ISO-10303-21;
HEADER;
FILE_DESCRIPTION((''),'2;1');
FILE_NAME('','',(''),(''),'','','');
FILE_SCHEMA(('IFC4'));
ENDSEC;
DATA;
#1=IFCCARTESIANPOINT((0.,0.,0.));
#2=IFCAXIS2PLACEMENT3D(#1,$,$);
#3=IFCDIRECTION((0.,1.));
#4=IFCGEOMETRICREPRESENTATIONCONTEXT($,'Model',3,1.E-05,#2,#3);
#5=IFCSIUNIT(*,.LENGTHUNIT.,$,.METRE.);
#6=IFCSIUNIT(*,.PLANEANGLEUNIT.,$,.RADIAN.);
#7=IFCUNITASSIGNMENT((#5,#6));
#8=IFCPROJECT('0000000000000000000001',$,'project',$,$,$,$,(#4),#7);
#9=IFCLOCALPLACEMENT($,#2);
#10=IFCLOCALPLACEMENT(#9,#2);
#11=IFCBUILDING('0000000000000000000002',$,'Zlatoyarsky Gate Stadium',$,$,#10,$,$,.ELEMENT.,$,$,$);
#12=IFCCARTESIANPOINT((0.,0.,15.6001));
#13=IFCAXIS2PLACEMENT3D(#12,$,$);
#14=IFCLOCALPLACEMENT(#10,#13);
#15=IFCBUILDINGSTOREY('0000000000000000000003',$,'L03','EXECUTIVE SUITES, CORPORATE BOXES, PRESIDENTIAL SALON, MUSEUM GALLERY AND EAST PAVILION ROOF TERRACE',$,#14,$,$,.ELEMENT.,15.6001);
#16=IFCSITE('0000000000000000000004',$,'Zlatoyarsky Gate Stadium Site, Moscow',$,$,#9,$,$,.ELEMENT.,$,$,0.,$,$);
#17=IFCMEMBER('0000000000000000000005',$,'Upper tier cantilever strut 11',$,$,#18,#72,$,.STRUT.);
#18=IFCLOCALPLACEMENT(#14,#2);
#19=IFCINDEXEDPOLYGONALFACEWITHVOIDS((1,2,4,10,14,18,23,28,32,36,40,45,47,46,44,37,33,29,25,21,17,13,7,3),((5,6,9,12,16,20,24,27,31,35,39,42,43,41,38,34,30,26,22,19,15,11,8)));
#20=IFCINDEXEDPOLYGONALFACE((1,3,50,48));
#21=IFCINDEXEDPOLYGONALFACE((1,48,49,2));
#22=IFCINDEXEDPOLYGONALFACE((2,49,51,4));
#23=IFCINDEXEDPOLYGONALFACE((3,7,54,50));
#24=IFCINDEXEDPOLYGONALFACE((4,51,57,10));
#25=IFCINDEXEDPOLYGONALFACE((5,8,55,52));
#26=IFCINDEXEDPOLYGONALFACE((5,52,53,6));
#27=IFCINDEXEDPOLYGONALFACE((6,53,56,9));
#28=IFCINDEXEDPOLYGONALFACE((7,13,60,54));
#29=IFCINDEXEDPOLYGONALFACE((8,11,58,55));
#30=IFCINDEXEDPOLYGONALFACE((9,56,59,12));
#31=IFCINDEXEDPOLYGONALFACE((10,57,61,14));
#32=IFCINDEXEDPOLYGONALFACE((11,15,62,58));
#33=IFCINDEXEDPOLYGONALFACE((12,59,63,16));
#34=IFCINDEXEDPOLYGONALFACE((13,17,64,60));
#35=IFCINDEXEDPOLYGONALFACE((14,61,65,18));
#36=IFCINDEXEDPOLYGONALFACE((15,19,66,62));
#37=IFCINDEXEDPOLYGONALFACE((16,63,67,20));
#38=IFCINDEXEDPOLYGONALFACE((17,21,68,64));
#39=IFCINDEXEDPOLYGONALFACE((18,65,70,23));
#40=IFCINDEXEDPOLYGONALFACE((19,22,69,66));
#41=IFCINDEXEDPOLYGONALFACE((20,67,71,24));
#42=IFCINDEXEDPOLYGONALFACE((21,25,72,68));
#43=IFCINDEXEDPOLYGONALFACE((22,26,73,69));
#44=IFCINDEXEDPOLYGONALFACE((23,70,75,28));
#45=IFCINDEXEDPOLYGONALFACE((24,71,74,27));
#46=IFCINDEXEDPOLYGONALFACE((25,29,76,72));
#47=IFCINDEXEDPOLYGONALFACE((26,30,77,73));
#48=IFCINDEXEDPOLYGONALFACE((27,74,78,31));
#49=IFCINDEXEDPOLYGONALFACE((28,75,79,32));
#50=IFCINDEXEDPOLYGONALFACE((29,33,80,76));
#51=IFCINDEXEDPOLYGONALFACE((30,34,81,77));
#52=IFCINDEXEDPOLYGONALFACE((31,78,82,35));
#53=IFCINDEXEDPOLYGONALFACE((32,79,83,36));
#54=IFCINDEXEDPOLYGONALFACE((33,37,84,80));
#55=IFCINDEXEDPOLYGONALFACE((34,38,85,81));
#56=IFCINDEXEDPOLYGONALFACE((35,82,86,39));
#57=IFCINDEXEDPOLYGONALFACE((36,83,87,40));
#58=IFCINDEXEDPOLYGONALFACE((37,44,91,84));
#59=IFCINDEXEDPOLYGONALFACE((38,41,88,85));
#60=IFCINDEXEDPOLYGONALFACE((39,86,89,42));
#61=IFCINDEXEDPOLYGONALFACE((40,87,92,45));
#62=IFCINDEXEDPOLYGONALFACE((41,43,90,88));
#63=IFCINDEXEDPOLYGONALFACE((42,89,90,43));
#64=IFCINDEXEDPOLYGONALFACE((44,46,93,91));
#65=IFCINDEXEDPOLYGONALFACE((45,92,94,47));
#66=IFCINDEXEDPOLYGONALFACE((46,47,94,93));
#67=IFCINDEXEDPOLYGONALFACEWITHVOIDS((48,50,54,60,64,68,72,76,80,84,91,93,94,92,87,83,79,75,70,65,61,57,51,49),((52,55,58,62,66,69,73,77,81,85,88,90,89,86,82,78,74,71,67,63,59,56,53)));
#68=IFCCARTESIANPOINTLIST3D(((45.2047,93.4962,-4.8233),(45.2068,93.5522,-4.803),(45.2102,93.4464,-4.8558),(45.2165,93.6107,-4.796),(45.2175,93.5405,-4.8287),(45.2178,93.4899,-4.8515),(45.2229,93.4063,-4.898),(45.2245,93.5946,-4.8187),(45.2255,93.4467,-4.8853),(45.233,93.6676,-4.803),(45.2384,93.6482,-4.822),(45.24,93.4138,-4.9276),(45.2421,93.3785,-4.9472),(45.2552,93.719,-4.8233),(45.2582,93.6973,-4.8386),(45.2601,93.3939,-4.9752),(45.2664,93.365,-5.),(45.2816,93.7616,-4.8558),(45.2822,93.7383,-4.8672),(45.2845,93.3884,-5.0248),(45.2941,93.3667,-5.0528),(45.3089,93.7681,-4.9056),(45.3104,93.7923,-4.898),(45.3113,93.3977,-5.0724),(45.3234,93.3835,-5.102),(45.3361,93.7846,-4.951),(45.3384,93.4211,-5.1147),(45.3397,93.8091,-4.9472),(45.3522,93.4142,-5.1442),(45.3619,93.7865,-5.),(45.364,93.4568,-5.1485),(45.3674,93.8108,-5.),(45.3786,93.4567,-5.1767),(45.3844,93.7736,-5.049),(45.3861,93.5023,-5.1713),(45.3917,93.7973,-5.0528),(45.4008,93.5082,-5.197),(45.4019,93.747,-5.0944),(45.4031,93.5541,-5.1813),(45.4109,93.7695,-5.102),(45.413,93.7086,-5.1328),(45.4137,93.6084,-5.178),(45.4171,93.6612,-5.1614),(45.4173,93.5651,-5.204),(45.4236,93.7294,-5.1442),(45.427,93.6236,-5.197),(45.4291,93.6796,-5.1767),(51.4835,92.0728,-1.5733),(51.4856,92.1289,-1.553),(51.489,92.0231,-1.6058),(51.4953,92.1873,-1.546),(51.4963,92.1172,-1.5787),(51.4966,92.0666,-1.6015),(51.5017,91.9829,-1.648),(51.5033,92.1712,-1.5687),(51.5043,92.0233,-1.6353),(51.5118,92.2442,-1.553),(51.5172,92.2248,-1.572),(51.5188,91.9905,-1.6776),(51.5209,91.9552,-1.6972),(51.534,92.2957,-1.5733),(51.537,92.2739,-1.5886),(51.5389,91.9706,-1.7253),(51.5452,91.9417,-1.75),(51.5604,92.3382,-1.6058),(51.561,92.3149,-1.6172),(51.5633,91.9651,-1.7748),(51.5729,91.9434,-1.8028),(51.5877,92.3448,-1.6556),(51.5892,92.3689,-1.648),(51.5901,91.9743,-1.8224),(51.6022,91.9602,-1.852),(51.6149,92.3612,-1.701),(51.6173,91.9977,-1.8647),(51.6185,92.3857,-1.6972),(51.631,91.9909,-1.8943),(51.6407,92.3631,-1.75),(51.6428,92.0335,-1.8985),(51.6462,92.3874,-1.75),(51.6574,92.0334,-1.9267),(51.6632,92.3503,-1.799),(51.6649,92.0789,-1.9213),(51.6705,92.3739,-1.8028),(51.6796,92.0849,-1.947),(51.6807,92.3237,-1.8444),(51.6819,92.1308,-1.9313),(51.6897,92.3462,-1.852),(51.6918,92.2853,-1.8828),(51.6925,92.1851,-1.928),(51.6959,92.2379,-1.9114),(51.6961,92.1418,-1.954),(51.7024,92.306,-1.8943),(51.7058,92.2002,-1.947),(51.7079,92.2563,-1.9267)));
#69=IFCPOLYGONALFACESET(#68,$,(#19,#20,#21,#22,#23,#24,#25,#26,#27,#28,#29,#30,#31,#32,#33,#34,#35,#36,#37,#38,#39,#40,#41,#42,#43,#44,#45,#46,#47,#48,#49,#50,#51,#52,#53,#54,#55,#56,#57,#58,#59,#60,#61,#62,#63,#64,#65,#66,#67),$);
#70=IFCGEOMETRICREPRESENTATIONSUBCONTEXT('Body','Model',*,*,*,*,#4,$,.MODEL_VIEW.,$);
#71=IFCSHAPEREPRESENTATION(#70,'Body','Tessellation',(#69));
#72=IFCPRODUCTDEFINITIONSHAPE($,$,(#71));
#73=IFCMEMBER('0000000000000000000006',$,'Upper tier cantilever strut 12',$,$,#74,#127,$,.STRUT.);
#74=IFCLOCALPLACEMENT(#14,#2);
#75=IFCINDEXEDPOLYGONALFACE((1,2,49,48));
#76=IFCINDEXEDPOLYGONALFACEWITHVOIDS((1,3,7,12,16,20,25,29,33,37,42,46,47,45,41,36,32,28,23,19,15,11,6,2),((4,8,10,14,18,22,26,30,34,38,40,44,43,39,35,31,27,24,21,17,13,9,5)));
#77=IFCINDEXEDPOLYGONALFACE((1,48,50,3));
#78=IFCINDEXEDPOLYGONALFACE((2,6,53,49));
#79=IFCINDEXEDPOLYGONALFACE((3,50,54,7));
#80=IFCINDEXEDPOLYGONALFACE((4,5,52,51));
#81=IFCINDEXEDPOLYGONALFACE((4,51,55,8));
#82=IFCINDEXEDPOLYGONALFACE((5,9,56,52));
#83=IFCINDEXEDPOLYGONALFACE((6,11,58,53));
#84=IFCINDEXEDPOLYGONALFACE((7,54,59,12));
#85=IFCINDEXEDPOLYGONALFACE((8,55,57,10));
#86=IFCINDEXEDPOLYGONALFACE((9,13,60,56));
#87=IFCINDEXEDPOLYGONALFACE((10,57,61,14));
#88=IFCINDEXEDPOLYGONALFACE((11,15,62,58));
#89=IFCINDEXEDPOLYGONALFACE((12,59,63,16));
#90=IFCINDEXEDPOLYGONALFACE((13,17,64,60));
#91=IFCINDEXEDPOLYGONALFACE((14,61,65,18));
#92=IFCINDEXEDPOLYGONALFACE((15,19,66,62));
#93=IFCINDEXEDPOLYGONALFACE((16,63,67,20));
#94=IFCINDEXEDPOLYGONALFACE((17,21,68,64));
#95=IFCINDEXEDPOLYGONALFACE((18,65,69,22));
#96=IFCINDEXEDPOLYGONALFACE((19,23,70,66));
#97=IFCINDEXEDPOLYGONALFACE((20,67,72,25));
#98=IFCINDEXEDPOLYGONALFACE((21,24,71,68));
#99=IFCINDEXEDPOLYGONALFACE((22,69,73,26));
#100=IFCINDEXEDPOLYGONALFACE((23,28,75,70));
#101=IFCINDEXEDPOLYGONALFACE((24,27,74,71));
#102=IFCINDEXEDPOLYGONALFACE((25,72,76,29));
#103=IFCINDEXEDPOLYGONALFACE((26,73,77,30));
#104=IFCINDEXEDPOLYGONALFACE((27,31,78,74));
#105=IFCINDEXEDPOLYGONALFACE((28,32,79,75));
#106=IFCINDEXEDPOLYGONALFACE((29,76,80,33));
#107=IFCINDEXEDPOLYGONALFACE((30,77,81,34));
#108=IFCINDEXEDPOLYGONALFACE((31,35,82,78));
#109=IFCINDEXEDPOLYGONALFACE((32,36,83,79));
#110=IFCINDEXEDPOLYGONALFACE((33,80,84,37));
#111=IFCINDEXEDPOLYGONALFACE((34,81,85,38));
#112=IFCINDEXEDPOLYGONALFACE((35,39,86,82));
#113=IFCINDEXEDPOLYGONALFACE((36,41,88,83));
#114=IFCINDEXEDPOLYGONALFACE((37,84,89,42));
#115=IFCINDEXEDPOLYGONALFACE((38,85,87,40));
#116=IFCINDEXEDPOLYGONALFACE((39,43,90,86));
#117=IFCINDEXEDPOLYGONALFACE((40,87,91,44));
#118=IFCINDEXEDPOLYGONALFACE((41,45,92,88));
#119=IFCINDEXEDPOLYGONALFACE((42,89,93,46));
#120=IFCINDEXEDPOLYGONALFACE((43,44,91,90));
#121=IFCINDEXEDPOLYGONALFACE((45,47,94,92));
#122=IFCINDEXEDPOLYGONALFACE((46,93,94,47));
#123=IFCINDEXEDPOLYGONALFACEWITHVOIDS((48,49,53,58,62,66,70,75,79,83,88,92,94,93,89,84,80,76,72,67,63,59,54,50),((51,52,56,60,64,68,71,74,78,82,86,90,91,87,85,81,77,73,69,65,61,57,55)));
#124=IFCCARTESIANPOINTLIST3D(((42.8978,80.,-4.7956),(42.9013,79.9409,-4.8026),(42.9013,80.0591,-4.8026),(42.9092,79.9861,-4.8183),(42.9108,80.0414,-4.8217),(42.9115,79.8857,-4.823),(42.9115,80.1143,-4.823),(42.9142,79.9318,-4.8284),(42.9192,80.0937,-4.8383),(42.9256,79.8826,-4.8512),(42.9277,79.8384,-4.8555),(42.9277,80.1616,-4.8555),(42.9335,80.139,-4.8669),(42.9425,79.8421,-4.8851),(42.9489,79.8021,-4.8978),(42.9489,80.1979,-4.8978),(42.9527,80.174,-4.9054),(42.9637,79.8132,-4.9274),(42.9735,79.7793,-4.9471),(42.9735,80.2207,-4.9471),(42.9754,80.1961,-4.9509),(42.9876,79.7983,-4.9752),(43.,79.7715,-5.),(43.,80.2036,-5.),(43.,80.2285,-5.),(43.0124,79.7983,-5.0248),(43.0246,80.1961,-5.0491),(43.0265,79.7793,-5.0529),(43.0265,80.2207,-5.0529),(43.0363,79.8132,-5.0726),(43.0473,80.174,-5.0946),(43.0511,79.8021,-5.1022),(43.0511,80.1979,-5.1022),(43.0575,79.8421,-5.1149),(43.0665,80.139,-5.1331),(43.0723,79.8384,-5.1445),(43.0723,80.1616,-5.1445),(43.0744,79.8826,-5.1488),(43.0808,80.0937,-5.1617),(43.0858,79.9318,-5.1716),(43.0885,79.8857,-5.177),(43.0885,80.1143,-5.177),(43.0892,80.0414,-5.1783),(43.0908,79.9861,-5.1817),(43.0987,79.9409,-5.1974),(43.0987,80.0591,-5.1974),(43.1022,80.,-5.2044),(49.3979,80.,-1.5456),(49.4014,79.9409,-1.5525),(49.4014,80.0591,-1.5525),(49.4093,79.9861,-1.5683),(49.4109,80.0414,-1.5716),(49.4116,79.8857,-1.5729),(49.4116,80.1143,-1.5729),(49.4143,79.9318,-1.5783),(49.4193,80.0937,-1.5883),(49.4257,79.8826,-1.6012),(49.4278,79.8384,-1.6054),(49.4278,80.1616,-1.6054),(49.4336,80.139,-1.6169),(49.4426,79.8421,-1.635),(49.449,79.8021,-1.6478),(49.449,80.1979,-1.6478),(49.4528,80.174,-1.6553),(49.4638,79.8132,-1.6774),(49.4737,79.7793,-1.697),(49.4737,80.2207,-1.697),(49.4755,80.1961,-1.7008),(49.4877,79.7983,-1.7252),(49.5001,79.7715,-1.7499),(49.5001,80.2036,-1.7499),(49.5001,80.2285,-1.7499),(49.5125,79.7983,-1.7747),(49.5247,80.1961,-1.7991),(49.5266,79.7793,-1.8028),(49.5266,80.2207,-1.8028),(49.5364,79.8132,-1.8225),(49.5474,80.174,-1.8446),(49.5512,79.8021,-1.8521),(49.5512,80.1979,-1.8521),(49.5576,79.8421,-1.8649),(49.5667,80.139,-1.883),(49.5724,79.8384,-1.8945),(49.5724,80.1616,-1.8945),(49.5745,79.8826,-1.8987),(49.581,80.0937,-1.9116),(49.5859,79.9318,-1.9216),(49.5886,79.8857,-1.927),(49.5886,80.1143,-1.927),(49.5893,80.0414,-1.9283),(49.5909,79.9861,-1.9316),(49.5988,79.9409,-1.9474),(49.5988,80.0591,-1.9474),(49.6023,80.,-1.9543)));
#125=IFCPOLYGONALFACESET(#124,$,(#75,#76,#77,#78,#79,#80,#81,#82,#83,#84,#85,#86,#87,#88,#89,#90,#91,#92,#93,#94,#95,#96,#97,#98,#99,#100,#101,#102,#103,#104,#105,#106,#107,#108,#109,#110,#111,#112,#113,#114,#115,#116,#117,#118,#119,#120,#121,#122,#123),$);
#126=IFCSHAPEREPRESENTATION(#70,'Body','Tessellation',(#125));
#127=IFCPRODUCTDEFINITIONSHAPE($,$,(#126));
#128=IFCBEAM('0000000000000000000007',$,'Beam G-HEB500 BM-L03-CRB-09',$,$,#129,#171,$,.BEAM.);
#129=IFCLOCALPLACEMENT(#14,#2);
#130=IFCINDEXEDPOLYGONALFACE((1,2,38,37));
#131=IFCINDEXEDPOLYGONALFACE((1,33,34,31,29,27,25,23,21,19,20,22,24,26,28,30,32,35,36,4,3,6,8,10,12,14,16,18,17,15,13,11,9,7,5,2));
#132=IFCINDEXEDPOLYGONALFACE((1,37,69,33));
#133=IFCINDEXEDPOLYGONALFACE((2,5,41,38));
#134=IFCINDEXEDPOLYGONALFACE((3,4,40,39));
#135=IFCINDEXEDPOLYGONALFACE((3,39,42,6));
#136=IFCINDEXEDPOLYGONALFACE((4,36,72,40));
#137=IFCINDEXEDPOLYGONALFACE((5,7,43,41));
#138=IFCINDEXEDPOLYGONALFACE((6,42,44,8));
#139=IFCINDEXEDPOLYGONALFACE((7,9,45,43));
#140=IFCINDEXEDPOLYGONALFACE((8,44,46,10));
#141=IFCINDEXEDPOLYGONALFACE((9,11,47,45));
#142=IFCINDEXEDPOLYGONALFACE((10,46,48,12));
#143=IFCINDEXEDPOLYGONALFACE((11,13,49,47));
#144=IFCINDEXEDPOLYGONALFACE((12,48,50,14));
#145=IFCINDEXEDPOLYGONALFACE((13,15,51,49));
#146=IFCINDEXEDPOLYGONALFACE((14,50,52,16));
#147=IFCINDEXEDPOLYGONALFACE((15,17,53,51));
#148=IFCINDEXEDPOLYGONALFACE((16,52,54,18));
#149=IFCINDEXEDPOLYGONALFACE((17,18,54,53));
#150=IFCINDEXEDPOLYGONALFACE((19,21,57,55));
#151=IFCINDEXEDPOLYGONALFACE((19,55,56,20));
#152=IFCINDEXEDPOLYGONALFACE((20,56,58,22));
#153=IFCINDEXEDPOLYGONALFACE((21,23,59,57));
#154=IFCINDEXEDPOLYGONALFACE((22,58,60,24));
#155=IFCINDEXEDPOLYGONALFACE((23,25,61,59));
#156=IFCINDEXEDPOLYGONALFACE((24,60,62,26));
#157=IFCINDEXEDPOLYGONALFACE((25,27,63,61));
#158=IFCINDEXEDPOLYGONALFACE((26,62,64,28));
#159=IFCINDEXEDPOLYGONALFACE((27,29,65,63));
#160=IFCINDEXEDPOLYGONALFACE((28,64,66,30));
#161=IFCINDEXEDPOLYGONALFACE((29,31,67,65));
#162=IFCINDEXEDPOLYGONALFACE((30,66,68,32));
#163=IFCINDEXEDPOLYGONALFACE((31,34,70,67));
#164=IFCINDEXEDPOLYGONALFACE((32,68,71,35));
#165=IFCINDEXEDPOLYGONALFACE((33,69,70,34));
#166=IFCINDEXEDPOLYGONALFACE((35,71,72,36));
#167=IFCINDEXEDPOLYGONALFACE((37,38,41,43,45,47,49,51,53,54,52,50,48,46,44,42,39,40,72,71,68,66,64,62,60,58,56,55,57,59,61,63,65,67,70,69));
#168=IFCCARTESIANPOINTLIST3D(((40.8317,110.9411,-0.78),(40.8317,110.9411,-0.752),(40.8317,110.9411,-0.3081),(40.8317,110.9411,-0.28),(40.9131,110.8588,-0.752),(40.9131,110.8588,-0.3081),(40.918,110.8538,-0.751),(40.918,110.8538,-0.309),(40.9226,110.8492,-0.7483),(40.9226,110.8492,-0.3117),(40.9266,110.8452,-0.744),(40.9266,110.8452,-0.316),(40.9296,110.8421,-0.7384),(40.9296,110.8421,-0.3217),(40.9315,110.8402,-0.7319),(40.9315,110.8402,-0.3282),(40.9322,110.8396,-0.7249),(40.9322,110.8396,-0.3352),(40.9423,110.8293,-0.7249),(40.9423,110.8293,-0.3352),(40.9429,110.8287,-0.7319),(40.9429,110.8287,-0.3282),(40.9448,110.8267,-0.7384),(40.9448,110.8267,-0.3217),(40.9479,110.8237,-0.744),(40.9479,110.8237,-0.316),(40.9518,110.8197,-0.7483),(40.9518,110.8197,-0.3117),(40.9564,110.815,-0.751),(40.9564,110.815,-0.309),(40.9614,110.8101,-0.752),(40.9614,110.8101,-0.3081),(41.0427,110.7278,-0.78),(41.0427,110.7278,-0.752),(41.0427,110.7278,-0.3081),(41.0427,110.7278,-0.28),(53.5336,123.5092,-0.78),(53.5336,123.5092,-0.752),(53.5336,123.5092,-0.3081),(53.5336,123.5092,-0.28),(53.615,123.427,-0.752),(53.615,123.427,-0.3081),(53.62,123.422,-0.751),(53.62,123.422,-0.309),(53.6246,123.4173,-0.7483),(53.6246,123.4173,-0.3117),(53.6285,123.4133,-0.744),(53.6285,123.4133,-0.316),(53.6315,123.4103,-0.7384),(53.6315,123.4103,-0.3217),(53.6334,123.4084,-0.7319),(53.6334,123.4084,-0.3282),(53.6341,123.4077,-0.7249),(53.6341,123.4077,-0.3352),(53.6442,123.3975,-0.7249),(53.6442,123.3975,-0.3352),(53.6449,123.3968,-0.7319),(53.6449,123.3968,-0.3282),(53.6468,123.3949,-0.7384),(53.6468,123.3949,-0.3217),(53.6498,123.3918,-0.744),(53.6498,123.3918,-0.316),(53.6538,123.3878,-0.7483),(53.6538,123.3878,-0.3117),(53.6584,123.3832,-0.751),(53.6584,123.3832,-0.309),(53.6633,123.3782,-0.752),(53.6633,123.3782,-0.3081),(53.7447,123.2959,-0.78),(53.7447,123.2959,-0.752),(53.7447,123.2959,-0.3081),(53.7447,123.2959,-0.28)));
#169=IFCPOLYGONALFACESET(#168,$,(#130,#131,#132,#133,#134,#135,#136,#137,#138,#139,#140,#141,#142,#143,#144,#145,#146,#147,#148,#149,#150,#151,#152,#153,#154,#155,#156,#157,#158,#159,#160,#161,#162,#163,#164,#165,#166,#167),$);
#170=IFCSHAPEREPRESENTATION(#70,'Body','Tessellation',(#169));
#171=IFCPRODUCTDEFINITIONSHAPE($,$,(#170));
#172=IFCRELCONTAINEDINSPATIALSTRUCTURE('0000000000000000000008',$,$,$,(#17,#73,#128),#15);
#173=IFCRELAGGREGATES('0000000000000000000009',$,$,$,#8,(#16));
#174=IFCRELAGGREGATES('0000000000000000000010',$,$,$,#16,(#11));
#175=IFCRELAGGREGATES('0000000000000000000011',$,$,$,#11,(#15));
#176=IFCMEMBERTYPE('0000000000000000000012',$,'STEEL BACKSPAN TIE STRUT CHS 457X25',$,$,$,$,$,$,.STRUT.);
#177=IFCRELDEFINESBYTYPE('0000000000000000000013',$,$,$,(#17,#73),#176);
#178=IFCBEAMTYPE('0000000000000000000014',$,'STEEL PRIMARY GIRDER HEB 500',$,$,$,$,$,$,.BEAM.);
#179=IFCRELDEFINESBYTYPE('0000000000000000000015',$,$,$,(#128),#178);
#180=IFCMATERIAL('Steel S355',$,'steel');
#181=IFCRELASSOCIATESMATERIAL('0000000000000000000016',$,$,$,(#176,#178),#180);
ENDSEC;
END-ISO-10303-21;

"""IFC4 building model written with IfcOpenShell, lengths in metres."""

from ifc_helpers import new_model, si_unit, direction, frame, origin, origin_2d, place, context, subcontext, project, spatial, hollow_circle, i_section, extrude, material, material_profile, profile_set, type_object, element, save


model = new_model("IFC4")

# Units and contexts
model_context = context("Model", 3, precision=1e-05, world=origin(), true_north=direction((0.0, 1.0)))
body_context = subcontext(model_context, "Body", "Model", "MODEL_VIEW")
ifc_project = project(units=[si_unit("LENGTHUNIT", "METRE"), si_unit("PLANEANGLEUNIT", "RADIAN")], contexts=[model_context])

# Site, building, storey
site_placement = place(None, origin())
site = spatial("IfcSite", under=ifc_project, at=site_placement, Name="Zlatoyarsky Gate Stadium Site, Moscow", CompositionType="ELEMENT", RefElevation=0.0)
building_placement = place(site_placement, origin())
building = spatial("IfcBuilding", under=site, at=building_placement, Name="Zlatoyarsky Gate Stadium", CompositionType="ELEMENT")
storey_placement = place(building_placement, frame((0.0, 0.0, 15.6001)))
storey = spatial("IfcBuildingStorey", under=building, at=storey_placement, Name="L03", Description="EXECUTIVE SUITES, CORPORATE BOXES, PRESIDENTIAL SALON, MUSEUM GALLERY AND EAST PAVILION ROOF TERRACE", CompositionType="ELEMENT", Elevation=15.6001)

# Shared definitions
ifc_material_1 = material(Name="Steel S355", Category="steel")

# Members
ifc_material_profile_1 = material_profile(ifc_material_1, hollow_circle(Radius=0.2285, WallThickness=0.0249, at=origin_2d()), Name="CHS 457X25")
ifc_profile_set_1 = profile_set([ifc_material_profile_1], Name="Steel S355")
member_type = type_object("IfcMemberType", Name="STEEL BACKSPAN TIE STRUT CHS 457X25", PredefinedType="STRUT", material=ifc_profile_set_1)
member_1_placement = place(storey_placement, frame((45.3169, 93.5879, -5.0), z_axis=(0.870615, -0.197359, 0.450643), x_axis=(0.22108, 0.975256, 0.0)))
element("IfcMember", 1, at=member_1_placement, inside=storey, type_object=member_type, Name="Upper tier cantilever strut 11", PredefinedType="STRUT", context=body_context, shape_type="SweptSolid", body=[
    extrude(hollow_circle(Radius=0.2285, WallThickness=0.0249, at=origin_2d()), origin(), (0.0, 0.0, 1.0), 7.2119),
])
member_2_placement = place(storey_placement, frame((43.0, 80.0, -5.0), z_axis=(0.894427, 0.0, 0.447214), x_axis=(0.0, 1.0, 0.0)))
element("IfcMember", 2, at=member_2_placement, inside=storey, type_object=member_type, Name="Upper tier cantilever strut 12", PredefinedType="STRUT", context=body_context, shape_type="SweptSolid", body=[
    extrude(hollow_circle(Radius=0.2285, WallThickness=0.0249, at=origin_2d()), origin(), (0.0, 0.0, 1.0), 7.2673),
])

# Beam
ifc_material_profile_2 = material_profile(ifc_material_1, i_section(OverallWidth=0.3, OverallDepth=0.5, WebThickness=0.0144, FlangeThickness=0.0281, FilletRadius=0.0271, at=origin_2d()), Name="HEB 500")
ifc_profile_set_2 = profile_set([ifc_material_profile_2], Name="Steel S355")
beam_type_1 = type_object("IfcBeamType", Name="STEEL PRIMARY GIRDER HEB 500", PredefinedType="BEAM", material=ifc_profile_set_2)
beam_1_placement = place(storey_placement, frame((53.6392, 123.4026, -0.53), z_axis=(-0.710841, -0.703353, 0.0), x_axis=(0.703353, -0.710841, 0.0)))
element("IfcBeam", 3, at=beam_1_placement, inside=storey, type_object=beam_type_1, Name="Beam G-HEB500 BM-L03-CRB-09", PredefinedType="BEAM", context=body_context, shape_type="SweptSolid", body=[
    extrude(i_section(OverallWidth=0.3, OverallDepth=0.5, WebThickness=0.0144, FlangeThickness=0.0281, FilletRadius=0.0271, at=origin_2d()), origin(), (0.0, 0.0, 1.0), 17.8689),
])

save(model, "model.ifc")
